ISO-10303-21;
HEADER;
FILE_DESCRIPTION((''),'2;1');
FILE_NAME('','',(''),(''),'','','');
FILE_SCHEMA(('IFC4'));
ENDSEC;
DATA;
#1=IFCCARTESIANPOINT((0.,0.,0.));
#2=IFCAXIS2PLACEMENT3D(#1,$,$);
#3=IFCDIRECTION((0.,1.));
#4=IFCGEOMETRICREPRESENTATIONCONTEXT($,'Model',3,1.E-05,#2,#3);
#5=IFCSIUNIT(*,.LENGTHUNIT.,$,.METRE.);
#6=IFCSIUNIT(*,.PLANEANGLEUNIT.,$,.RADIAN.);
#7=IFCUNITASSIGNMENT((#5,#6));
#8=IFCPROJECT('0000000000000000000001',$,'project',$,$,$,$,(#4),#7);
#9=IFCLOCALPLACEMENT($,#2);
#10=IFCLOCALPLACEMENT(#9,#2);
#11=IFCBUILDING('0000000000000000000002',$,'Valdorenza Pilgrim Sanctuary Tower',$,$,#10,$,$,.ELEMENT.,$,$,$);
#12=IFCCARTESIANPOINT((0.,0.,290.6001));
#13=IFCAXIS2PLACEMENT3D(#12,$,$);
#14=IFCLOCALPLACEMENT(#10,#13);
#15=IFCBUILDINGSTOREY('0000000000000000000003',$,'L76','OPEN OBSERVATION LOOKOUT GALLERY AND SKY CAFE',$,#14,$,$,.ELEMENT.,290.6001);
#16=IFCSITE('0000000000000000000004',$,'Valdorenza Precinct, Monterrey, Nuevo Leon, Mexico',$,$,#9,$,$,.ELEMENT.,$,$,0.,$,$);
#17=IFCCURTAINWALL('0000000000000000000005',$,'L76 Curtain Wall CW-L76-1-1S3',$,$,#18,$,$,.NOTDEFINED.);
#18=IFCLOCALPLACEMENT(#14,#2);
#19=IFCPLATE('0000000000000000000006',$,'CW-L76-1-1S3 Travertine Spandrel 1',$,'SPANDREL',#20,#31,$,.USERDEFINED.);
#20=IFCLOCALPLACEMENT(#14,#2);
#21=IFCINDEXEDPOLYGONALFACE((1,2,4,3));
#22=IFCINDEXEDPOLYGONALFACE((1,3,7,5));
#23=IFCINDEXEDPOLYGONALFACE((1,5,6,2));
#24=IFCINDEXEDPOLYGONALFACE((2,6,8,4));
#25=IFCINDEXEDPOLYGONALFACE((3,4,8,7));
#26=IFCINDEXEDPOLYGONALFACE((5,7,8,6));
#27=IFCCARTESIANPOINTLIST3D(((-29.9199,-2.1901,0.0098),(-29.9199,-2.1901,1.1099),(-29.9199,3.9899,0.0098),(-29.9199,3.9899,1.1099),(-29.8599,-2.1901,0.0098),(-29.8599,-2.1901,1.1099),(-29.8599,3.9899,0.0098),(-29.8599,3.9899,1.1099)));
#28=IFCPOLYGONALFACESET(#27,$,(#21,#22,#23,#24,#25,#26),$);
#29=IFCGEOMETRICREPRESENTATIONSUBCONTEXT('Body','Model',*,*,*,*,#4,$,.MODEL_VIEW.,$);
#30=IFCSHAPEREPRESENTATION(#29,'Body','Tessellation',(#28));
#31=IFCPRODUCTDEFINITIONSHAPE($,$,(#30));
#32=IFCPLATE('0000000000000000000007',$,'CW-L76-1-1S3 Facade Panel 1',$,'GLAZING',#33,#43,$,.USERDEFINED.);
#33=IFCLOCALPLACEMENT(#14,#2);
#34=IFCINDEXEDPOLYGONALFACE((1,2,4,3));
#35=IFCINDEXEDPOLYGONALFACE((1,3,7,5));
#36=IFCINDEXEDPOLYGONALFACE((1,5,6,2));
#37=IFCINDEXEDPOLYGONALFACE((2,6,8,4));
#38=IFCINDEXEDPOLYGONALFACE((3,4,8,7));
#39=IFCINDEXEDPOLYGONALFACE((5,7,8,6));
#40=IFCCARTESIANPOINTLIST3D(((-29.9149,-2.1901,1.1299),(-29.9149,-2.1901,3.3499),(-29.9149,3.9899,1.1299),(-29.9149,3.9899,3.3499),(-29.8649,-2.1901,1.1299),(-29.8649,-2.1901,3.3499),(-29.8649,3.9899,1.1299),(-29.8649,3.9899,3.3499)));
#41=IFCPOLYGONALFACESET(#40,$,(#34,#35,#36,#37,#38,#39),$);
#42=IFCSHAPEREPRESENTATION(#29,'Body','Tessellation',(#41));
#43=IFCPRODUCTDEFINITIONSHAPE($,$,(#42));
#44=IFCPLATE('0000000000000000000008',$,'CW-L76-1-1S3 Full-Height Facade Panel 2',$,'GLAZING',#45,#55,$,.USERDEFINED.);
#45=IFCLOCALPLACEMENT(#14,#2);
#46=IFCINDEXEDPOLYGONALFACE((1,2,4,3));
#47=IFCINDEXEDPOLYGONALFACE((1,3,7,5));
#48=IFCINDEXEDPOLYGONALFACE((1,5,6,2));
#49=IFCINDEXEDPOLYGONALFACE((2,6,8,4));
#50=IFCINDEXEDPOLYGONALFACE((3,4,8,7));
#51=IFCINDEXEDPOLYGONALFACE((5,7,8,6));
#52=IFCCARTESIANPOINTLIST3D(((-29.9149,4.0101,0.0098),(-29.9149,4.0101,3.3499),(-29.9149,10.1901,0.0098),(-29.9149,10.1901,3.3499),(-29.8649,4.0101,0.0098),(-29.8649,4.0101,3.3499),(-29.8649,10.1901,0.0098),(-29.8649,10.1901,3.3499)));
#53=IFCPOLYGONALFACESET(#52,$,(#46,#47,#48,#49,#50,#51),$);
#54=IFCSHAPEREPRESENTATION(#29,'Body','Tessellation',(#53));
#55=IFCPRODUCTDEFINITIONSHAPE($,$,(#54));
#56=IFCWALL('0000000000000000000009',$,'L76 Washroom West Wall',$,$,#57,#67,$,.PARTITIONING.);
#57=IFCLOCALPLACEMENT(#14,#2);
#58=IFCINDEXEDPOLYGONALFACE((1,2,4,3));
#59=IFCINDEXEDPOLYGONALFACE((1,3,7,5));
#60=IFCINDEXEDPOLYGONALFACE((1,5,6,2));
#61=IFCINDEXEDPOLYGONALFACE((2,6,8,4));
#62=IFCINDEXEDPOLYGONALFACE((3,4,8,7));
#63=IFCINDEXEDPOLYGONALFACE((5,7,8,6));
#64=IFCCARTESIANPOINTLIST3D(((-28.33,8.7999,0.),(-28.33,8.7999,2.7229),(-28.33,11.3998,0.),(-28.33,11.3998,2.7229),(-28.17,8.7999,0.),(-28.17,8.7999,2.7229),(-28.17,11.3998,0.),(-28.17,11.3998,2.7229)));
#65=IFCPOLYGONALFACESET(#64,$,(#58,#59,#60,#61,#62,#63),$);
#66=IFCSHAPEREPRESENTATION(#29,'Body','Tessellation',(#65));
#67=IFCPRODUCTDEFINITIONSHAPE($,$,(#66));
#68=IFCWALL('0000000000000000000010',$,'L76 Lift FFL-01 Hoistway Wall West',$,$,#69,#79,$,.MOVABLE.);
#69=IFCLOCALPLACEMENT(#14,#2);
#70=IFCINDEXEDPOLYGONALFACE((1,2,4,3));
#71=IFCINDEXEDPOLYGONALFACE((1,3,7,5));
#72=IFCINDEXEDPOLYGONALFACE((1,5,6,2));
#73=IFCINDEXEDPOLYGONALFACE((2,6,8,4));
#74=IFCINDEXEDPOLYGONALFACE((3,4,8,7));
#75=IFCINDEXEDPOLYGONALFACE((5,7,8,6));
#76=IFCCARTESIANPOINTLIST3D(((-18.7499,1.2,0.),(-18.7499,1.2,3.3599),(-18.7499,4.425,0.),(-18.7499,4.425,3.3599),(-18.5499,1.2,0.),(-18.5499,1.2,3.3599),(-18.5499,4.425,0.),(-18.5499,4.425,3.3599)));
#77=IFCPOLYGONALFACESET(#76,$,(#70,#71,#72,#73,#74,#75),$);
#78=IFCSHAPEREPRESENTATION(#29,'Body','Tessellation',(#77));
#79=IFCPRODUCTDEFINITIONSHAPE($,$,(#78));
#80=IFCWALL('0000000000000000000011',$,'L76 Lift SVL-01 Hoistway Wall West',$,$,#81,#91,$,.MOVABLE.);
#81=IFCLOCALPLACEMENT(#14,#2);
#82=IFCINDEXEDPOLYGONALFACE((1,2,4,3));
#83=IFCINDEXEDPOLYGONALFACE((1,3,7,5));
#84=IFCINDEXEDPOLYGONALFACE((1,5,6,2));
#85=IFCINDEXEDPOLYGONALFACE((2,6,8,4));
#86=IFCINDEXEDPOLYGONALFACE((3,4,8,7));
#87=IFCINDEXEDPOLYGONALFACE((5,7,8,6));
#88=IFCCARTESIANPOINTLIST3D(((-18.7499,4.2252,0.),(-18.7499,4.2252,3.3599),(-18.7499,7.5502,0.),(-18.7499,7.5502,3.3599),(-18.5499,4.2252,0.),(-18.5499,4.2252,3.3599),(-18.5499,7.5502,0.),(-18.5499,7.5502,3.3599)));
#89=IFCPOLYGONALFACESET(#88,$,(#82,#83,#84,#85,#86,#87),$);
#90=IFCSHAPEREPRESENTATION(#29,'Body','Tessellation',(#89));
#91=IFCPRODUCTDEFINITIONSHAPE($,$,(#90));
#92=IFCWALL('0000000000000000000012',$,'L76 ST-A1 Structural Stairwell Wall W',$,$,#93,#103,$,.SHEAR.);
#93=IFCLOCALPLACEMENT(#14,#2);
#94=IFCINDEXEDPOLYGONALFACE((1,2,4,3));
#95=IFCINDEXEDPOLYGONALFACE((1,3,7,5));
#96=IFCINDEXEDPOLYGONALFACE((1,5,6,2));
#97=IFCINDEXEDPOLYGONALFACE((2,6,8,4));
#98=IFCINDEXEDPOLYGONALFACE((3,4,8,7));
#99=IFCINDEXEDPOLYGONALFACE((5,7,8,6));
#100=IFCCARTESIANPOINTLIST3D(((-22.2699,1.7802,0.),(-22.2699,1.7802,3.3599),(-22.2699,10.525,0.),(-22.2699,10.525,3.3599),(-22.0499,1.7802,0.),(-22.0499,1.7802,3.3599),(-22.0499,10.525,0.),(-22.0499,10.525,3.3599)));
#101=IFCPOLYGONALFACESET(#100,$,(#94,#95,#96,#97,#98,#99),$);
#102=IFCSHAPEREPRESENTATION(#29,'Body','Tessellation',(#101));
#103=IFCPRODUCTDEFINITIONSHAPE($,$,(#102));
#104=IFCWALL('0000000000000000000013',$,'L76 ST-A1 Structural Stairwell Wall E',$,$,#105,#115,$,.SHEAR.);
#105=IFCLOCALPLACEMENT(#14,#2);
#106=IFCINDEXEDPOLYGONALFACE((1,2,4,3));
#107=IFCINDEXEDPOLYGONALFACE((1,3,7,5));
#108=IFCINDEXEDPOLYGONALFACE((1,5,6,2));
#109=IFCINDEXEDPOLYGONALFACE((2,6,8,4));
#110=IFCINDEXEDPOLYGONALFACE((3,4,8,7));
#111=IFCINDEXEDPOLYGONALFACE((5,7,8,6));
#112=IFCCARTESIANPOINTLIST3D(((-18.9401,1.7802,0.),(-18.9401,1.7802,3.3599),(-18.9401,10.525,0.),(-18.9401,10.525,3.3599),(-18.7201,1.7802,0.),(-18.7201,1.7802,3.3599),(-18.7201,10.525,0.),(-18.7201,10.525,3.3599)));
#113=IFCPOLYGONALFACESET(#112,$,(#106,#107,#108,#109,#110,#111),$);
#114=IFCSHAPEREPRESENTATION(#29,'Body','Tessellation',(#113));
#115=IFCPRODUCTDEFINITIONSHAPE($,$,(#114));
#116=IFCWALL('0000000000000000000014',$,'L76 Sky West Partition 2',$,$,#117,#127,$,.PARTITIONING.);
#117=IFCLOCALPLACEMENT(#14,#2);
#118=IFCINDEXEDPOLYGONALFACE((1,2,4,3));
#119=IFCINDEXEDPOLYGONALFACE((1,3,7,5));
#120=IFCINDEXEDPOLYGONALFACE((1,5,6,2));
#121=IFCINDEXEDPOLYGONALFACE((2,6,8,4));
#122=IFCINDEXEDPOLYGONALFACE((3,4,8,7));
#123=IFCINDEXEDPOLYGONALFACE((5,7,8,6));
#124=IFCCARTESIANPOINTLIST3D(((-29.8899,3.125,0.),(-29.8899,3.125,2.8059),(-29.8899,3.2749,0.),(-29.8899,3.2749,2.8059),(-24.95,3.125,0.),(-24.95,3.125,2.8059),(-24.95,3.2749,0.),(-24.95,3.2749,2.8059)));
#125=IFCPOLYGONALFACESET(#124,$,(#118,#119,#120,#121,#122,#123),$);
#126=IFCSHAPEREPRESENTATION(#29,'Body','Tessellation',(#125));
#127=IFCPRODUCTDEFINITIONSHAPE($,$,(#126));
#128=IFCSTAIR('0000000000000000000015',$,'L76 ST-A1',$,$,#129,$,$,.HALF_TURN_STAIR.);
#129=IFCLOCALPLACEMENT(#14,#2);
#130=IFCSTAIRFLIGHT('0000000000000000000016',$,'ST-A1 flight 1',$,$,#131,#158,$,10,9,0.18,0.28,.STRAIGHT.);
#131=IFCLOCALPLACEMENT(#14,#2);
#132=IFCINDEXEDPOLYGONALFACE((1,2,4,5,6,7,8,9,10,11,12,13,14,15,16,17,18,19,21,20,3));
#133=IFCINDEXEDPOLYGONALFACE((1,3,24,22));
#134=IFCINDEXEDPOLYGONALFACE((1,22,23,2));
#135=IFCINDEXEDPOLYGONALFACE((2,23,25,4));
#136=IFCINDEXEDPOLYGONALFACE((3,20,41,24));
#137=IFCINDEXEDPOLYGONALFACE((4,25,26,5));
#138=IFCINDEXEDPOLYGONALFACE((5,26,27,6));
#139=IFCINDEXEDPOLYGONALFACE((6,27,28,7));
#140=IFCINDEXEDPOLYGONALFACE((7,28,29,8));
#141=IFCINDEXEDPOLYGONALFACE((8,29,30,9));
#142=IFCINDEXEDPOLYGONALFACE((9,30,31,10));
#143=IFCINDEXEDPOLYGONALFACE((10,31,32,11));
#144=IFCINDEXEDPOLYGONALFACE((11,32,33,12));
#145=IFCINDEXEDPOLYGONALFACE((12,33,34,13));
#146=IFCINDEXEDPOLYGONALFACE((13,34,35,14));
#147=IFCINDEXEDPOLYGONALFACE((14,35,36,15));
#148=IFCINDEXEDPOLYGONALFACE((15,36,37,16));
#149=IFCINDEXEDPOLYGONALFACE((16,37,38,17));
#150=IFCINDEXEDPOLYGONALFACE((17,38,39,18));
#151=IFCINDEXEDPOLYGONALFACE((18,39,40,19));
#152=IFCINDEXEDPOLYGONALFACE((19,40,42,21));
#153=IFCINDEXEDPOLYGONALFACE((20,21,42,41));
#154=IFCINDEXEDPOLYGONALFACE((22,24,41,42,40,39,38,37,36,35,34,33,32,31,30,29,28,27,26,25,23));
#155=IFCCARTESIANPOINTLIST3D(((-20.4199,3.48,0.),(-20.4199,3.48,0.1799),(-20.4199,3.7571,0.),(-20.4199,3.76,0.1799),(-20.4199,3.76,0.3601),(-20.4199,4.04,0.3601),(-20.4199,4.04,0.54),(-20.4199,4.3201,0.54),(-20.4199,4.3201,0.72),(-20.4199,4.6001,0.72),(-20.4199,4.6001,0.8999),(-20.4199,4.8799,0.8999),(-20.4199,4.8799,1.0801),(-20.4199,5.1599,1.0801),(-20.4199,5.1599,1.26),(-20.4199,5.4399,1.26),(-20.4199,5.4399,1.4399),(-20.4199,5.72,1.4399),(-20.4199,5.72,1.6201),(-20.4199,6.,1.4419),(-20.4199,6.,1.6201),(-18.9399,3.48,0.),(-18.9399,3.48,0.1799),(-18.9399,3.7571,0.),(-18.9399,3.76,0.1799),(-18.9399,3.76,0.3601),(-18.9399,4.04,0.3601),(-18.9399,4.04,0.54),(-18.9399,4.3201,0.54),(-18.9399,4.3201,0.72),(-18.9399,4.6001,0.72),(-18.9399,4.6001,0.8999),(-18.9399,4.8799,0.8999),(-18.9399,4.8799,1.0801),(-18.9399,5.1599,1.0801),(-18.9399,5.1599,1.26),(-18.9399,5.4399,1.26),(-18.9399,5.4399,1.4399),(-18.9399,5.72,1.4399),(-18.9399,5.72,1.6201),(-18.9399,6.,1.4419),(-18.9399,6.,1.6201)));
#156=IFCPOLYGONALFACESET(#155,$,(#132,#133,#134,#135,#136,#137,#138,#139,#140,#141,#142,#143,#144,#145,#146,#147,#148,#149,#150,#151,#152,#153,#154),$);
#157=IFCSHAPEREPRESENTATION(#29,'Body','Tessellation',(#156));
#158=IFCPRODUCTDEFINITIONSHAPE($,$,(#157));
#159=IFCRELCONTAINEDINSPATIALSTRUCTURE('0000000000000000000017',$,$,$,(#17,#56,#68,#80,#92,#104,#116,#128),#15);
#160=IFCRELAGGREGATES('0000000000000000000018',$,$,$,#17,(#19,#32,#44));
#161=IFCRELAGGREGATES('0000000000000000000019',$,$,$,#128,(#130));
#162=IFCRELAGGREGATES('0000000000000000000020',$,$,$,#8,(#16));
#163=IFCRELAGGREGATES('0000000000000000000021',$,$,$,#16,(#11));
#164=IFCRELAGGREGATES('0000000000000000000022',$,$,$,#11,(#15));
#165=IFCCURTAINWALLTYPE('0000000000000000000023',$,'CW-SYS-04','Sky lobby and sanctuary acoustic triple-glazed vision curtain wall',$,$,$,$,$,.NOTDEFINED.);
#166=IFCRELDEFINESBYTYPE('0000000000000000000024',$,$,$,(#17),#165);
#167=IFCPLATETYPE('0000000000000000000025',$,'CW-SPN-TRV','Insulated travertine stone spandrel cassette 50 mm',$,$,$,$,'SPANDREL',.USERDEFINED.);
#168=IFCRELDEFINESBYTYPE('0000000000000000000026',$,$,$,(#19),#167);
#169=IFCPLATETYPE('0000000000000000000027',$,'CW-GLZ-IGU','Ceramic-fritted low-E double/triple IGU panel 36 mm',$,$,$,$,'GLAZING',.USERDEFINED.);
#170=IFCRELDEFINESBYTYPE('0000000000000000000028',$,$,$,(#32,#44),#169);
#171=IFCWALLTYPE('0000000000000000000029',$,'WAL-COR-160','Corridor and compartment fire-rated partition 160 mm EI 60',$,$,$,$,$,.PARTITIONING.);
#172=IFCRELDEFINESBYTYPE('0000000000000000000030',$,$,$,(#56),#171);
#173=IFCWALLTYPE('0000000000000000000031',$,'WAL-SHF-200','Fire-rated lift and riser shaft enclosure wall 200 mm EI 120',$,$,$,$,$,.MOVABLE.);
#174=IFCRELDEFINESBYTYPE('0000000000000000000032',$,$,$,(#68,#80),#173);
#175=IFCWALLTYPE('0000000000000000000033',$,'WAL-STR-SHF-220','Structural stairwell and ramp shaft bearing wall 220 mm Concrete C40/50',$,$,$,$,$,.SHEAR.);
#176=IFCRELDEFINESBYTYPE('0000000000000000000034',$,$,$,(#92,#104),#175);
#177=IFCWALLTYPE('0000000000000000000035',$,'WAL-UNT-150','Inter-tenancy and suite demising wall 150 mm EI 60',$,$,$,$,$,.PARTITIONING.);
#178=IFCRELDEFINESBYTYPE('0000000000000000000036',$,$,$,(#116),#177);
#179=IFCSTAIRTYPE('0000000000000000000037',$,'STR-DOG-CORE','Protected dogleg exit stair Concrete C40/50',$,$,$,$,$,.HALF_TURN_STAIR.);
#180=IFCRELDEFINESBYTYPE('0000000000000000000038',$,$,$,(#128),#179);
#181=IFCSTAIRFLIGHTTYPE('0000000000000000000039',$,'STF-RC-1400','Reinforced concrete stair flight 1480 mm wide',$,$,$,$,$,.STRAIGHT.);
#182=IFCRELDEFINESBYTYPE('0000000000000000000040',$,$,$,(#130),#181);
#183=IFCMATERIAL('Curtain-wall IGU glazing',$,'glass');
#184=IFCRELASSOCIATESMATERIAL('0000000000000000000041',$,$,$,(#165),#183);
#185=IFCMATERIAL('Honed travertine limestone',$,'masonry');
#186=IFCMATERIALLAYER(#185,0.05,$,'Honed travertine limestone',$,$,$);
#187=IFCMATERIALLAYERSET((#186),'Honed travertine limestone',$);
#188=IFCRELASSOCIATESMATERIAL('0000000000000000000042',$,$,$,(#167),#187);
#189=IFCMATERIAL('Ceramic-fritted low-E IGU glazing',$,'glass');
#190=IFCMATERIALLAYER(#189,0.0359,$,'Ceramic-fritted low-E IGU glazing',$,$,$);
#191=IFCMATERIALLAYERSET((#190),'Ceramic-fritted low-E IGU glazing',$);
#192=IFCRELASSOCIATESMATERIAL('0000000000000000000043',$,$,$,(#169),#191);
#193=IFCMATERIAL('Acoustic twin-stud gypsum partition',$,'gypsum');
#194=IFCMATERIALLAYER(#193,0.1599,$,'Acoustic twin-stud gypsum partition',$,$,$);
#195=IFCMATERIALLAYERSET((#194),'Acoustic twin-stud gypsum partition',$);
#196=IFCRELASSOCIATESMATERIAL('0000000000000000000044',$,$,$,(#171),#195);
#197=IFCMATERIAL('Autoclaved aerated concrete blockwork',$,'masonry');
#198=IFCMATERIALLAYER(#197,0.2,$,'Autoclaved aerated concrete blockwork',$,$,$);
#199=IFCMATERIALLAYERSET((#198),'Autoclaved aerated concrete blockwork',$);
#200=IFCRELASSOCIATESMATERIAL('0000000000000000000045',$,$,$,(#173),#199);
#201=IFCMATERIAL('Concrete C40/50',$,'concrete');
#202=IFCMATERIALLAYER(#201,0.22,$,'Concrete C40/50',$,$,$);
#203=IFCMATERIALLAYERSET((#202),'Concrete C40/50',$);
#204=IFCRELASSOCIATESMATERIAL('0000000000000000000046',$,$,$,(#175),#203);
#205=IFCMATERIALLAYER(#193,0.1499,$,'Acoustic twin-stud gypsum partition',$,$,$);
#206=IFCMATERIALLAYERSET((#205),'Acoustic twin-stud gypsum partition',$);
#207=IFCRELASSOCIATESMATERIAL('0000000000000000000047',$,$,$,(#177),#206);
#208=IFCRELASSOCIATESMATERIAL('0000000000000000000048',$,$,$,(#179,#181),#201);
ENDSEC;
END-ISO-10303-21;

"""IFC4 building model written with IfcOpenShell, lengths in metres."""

from ifc_helpers import new_model, si_unit, direction, frame, frame_2d, origin, origin_2d, place, context, subcontext, project, spatial, polyline, rectangle, outline, extrude, source, transform, mapped, material, layer, layer_set, type_object, element, aggregate, save


model = new_model("IFC4")

# Units and contexts
model_context = context("Model", 3, precision=1e-05, world=origin(), true_north=direction((0.0, 1.0)))
body_context = subcontext(model_context, "Body", "Model", "MODEL_VIEW")
ifc_project = project(units=[si_unit("LENGTHUNIT", "METRE"), si_unit("PLANEANGLEUNIT", "RADIAN")], contexts=[model_context])

# Site, building, storey
site_placement = place(None, origin())
site = spatial("IfcSite", under=ifc_project, at=site_placement, Name="Valdorenza Precinct, Monterrey, Nuevo Leon, Mexico", CompositionType="ELEMENT", RefElevation=0.0)
building_placement = place(site_placement, origin())
building = spatial("IfcBuilding", under=site, at=building_placement, Name="Valdorenza Pilgrim Sanctuary Tower", CompositionType="ELEMENT")
storey_placement = place(building_placement, frame((0.0, 0.0, 290.6001)))
storey = spatial("IfcBuildingStorey", under=building, at=storey_placement, Name="L76", Description="OPEN OBSERVATION LOOKOUT GALLERY AND SKY CAFE", CompositionType="ELEMENT", Elevation=290.6001)

# Curtain wall, plates
ifc_material_1 = material(Name="Curtain-wall IGU glazing", Category="glass")
curtain_wall_type = type_object("IfcCurtainWallType", Name="CW-SYS-04", Description="Sky lobby and sanctuary acoustic triple-glazed vision curtain wall", PredefinedType="NOTDEFINED", material=ifc_material_1)
curtain_wall_placement = place(storey_placement, origin())
curtain_wall = element("IfcCurtainWall", 1, at=curtain_wall_placement, inside=storey, type_object=curtain_wall_type, Name="L76 Curtain Wall CW-L76-1-1S3", PredefinedType="NOTDEFINED")
ifc_material_2 = material(Name="Honed travertine limestone", Category="masonry")
ifc_layer_1 = layer(ifc_material_2, 0.05, Name="Honed travertine limestone")
ifc_layer_set_1 = layer_set([ifc_layer_1], Name="Honed travertine limestone")
plate_type_1 = type_object("IfcPlateType", Name="CW-SPN-TRV", Description="Insulated travertine stone spandrel cassette 50 mm", ElementType="SPANDREL", PredefinedType="USERDEFINED", material=ifc_layer_set_1)
shared_shape_1 = source(origin(), body_context, "Body", "SweptSolid", [
    extrude(rectangle(XDim=6.1799, YDim=0.0601, at=origin_2d()), origin(), (0.0, 0.0, 1.0), 1.1001),
])
plate_1_placement = place(storey_placement, frame((-29.8899, 0.8999, 0.0098), z_axis=(0.0, 0.0, 1.0), x_axis=(0.0, 1.0, 0.0)))
plate_1 = element("IfcPlate", 2, at=plate_1_placement, type_object=plate_type_1, Name="CW-L76-1-1S3 Travertine Spandrel 1", ObjectType="SPANDREL", PredefinedType="USERDEFINED", context=body_context, shape_type="MappedRepresentation", body=[
    mapped(shared_shape_1, transform((0.0, 0.0, 0.0), x_axis=(1.0, 0.0, 0.0), y_axis=(0.0, 1.0, 0.0), z_axis=(0.0, 0.0, 1.0), scale=1.0)),
])
ifc_material_3 = material(Name="Ceramic-fritted low-E IGU glazing", Category="glass")
ifc_layer_2 = layer(ifc_material_3, 0.0359, Name="Ceramic-fritted low-E IGU glazing")
ifc_layer_set_2 = layer_set([ifc_layer_2], Name="Ceramic-fritted low-E IGU glazing")
plate_type_2 = type_object("IfcPlateType", Name="CW-GLZ-IGU", Description="Ceramic-fritted low-E double/triple IGU panel 36 mm", ElementType="GLAZING", PredefinedType="USERDEFINED", material=ifc_layer_set_2)
shared_shape_2 = source(origin(), body_context, "Body", "SweptSolid", [
    extrude(rectangle(XDim=6.1799, YDim=0.05, at=origin_2d()), origin(), (0.0, 0.0, 1.0), 2.22),
])
plate_2_placement = place(storey_placement, frame((-29.8899, 0.8999, 1.1299), z_axis=(0.0, 0.0, 1.0), x_axis=(0.0, 1.0, 0.0)))
plate_2 = element("IfcPlate", 3, at=plate_2_placement, type_object=plate_type_2, Name="CW-L76-1-1S3 Facade Panel 1", ObjectType="GLAZING", PredefinedType="USERDEFINED", context=body_context, shape_type="MappedRepresentation", body=[
    mapped(shared_shape_2, transform((0.0, 0.0, 0.0), x_axis=(1.0, 0.0, 0.0), y_axis=(0.0, 1.0, 0.0), z_axis=(0.0, 0.0, 1.0), scale=1.0)),
])
shared_shape_3 = source(origin(), body_context, "Body", "SweptSolid", [
    extrude(rectangle(XDim=6.1799, YDim=0.05, at=origin_2d()), origin(), (0.0, 0.0, 1.0), 3.3401),
])
plate_3_placement = place(storey_placement, frame((-29.8899, 7.1001, 0.0098), z_axis=(0.0, 0.0, 1.0), x_axis=(0.0, 1.0, 0.0)))
plate_3 = element("IfcPlate", 4, at=plate_3_placement, type_object=plate_type_2, Name="CW-L76-1-1S3 Full-Height Facade Panel 2", ObjectType="GLAZING", PredefinedType="USERDEFINED", context=body_context, shape_type="MappedRepresentation", body=[
    mapped(shared_shape_3, transform((0.0, 0.0, 0.0), x_axis=(1.0, 0.0, 0.0), y_axis=(0.0, 1.0, 0.0), z_axis=(0.0, 0.0, 1.0), scale=1.0)),
])
aggregate(curtain_wall, [plate_1, plate_2, plate_3])

# Walls
ifc_material_4 = material(Name="Acoustic twin-stud gypsum partition", Category="gypsum")
ifc_layer_3 = layer(ifc_material_4, 0.1599, Name="Acoustic twin-stud gypsum partition")
ifc_layer_set_3 = layer_set([ifc_layer_3], Name="Acoustic twin-stud gypsum partition")
wall_type_1 = type_object("IfcWallType", Name="WAL-COR-160", Description="Corridor and compartment fire-rated partition 160 mm EI 60", PredefinedType="PARTITIONING", material=ifc_layer_set_3)
wall_1_placement = place(storey_placement, frame((-28.25, 8.8, 0.0), z_axis=(0.0, 0.0, 1.0), x_axis=(0.0, 1.0, 0.0)))
element("IfcWall", 5, at=wall_1_placement, inside=storey, type_object=wall_type_1, Name="L76 Washroom West Wall", PredefinedType="PARTITIONING", context=body_context, shape_type="SweptSolid", body=[
    extrude(rectangle(XDim=2.5999, YDim=0.1599, at=frame_2d((1.2998, 0.0))), origin(), (0.0, 0.0, 1.0), 2.7229),
])
ifc_material_5 = material(Name="Autoclaved aerated concrete blockwork", Category="masonry")
ifc_layer_4 = layer(ifc_material_5, 0.2, Name="Autoclaved aerated concrete blockwork")
ifc_layer_set_4 = layer_set([ifc_layer_4], Name="Autoclaved aerated concrete blockwork")
wall_type_2 = type_object("IfcWallType", Name="WAL-SHF-200", Description="Fire-rated lift and riser shaft enclosure wall 200 mm EI 120", PredefinedType="MOVABLE", material=ifc_layer_set_4)
wall_2_placement = place(storey_placement, frame((-18.6499, 1.2, 0.0), z_axis=(0.0, 0.0, 1.0), x_axis=(0.0, 1.0, 0.0)))
element("IfcWall", 6, at=wall_2_placement, inside=storey, type_object=wall_type_2, Name="L76 Lift FFL-01 Hoistway Wall West", PredefinedType="MOVABLE", context=body_context, shape_type="SweptSolid", body=[
    extrude(rectangle(XDim=3.2251, YDim=0.2, at=frame_2d((1.6125, 0.0))), origin(), (0.0, 0.0, 1.0), 3.3599),
])
wall_3_placement = place(storey_placement, frame((-18.6499, 4.2251, 0.0), z_axis=(0.0, 0.0, 1.0), x_axis=(0.0, 1.0, 0.0)))
element("IfcWall", 7, at=wall_3_placement, inside=storey, type_object=wall_type_2, Name="L76 Lift SVL-01 Hoistway Wall West", PredefinedType="MOVABLE", context=body_context, shape_type="SweptSolid", body=[
    extrude(rectangle(XDim=3.325, YDim=0.2, at=frame_2d((1.6626, 0.0))), origin(), (0.0, 0.0, 1.0), 3.3599),
])
ifc_material_6 = material(Name="Concrete C40/50", Category="concrete")
ifc_layer_5 = layer(ifc_material_6, 0.22, Name="Concrete C40/50")
ifc_layer_set_5 = layer_set([ifc_layer_5], Name="Concrete C40/50")
wall_type_3 = type_object("IfcWallType", Name="WAL-STR-SHF-220", Description="Structural stairwell and ramp shaft bearing wall 220 mm Concrete C40/50", PredefinedType="SHEAR", material=ifc_layer_set_5)
for number, where, z_axis, x_axis, name in (
    (8, (-22.1599, 1.78, 0.0), (0.0, 0.0, 1.0), (0.0, 1.0, 0.0), "L76 ST-A1 Structural Stairwell Wall W"),
    (9, (-18.8301, 1.78, 0.0), (0.0, 0.0, 1.0), (0.0, 1.0, 0.0), "L76 ST-A1 Structural Stairwell Wall E"),
):
    element("IfcWall", number, at=place(storey_placement, frame(where, z_axis=z_axis, x_axis=x_axis)), inside=storey, type_object=wall_type_3, Name=name, PredefinedType="SHEAR", context=body_context, shape_type="SweptSolid", body=[
        extrude(rectangle(XDim=8.7449, YDim=0.22, at=frame_2d((4.3726, 0.0))), origin(), (0.0, 0.0, 1.0), 3.3599),
    ])

# Wall
ifc_layer_6 = layer(ifc_material_4, 0.1499, Name="Acoustic twin-stud gypsum partition")
ifc_layer_set_6 = layer_set([ifc_layer_6], Name="Acoustic twin-stud gypsum partition")
wall_type_4 = type_object("IfcWallType", Name="WAL-UNT-150", Description="Inter-tenancy and suite demising wall 150 mm EI 60", PredefinedType="PARTITIONING", material=ifc_layer_set_6)
wall_4_placement = place(storey_placement, frame((-29.8899, 3.2, 0.0), z_axis=(0.0, 0.0, 1.0), x_axis=(1.0, 0.0, 0.0)))
element("IfcWall", 10, at=wall_4_placement, inside=storey, type_object=wall_type_4, Name="L76 Sky West Partition 2", PredefinedType="PARTITIONING", context=body_context, shape_type="SweptSolid", body=[
    extrude(rectangle(XDim=4.9399, YDim=0.1499, at=frame_2d((2.47, 0.0))), origin(), (0.0, 0.0, 1.0), 2.8059),
])

# Stair, stair flight
stair_type = type_object("IfcStairType", Name="STR-DOG-CORE", Description="Protected dogleg exit stair Concrete C40/50", PredefinedType="HALF_TURN_STAIR", material=ifc_material_6)
stair_placement = place(storey_placement, origin())
stair = element("IfcStair", 11, at=stair_placement, inside=storey, type_object=stair_type, Name="L76 ST-A1", PredefinedType="HALF_TURN_STAIR")
stair_flight_type = type_object("IfcStairFlightType", Name="STF-RC-1400", Description="Reinforced concrete stair flight 1480 mm wide", PredefinedType="STRAIGHT", material=ifc_material_6)
stair_flight_1_placement = place(storey_placement, frame((-19.6799, 3.48, 0.0), z_axis=(0.0, 0.0, 1.0), x_axis=(0.0, 1.0, 0.0)))
stair_flight_1 = element("IfcStairFlight", 12, at=stair_flight_1_placement, type_object=stair_flight_type, Name="ST-A1 flight 1", NumberOfRisers=10, NumberOfTreads=9, PredefinedType="STRAIGHT", RiserHeight=0.18, TreadLength=0.28, context=body_context, shape_type="SweptSolid", body=[
    extrude(outline(polyline([(0.0, 0.0), (0.0, 0.1799), (0.28, 0.1799), (0.28, 0.3601), (0.5601, 0.3601), (0.5601, 0.54), (0.8401, 0.54), (0.8401, 0.72), (1.1201, 0.72), (1.1201, 0.8999), (1.3999, 0.8999), (1.3999, 1.0801), (1.6799, 1.0801), (1.6799, 1.26), (1.96, 1.26), (1.96, 1.4399), (2.24, 1.4399), (2.24, 1.6201), (2.52, 1.6201), (2.52, 1.8), (2.52, 1.4419), (0.2771, 0.0), (0.0, 0.0)])), frame((0.0, 0.74, 0.0), z_axis=(0.0, -1.0, 0.0), x_axis=(1.0, 0.0, 0.0)), (0.0, 0.0, 1.0), 1.48),
])
aggregate(stair, [stair_flight_1])

save(model, "model.ifc")
